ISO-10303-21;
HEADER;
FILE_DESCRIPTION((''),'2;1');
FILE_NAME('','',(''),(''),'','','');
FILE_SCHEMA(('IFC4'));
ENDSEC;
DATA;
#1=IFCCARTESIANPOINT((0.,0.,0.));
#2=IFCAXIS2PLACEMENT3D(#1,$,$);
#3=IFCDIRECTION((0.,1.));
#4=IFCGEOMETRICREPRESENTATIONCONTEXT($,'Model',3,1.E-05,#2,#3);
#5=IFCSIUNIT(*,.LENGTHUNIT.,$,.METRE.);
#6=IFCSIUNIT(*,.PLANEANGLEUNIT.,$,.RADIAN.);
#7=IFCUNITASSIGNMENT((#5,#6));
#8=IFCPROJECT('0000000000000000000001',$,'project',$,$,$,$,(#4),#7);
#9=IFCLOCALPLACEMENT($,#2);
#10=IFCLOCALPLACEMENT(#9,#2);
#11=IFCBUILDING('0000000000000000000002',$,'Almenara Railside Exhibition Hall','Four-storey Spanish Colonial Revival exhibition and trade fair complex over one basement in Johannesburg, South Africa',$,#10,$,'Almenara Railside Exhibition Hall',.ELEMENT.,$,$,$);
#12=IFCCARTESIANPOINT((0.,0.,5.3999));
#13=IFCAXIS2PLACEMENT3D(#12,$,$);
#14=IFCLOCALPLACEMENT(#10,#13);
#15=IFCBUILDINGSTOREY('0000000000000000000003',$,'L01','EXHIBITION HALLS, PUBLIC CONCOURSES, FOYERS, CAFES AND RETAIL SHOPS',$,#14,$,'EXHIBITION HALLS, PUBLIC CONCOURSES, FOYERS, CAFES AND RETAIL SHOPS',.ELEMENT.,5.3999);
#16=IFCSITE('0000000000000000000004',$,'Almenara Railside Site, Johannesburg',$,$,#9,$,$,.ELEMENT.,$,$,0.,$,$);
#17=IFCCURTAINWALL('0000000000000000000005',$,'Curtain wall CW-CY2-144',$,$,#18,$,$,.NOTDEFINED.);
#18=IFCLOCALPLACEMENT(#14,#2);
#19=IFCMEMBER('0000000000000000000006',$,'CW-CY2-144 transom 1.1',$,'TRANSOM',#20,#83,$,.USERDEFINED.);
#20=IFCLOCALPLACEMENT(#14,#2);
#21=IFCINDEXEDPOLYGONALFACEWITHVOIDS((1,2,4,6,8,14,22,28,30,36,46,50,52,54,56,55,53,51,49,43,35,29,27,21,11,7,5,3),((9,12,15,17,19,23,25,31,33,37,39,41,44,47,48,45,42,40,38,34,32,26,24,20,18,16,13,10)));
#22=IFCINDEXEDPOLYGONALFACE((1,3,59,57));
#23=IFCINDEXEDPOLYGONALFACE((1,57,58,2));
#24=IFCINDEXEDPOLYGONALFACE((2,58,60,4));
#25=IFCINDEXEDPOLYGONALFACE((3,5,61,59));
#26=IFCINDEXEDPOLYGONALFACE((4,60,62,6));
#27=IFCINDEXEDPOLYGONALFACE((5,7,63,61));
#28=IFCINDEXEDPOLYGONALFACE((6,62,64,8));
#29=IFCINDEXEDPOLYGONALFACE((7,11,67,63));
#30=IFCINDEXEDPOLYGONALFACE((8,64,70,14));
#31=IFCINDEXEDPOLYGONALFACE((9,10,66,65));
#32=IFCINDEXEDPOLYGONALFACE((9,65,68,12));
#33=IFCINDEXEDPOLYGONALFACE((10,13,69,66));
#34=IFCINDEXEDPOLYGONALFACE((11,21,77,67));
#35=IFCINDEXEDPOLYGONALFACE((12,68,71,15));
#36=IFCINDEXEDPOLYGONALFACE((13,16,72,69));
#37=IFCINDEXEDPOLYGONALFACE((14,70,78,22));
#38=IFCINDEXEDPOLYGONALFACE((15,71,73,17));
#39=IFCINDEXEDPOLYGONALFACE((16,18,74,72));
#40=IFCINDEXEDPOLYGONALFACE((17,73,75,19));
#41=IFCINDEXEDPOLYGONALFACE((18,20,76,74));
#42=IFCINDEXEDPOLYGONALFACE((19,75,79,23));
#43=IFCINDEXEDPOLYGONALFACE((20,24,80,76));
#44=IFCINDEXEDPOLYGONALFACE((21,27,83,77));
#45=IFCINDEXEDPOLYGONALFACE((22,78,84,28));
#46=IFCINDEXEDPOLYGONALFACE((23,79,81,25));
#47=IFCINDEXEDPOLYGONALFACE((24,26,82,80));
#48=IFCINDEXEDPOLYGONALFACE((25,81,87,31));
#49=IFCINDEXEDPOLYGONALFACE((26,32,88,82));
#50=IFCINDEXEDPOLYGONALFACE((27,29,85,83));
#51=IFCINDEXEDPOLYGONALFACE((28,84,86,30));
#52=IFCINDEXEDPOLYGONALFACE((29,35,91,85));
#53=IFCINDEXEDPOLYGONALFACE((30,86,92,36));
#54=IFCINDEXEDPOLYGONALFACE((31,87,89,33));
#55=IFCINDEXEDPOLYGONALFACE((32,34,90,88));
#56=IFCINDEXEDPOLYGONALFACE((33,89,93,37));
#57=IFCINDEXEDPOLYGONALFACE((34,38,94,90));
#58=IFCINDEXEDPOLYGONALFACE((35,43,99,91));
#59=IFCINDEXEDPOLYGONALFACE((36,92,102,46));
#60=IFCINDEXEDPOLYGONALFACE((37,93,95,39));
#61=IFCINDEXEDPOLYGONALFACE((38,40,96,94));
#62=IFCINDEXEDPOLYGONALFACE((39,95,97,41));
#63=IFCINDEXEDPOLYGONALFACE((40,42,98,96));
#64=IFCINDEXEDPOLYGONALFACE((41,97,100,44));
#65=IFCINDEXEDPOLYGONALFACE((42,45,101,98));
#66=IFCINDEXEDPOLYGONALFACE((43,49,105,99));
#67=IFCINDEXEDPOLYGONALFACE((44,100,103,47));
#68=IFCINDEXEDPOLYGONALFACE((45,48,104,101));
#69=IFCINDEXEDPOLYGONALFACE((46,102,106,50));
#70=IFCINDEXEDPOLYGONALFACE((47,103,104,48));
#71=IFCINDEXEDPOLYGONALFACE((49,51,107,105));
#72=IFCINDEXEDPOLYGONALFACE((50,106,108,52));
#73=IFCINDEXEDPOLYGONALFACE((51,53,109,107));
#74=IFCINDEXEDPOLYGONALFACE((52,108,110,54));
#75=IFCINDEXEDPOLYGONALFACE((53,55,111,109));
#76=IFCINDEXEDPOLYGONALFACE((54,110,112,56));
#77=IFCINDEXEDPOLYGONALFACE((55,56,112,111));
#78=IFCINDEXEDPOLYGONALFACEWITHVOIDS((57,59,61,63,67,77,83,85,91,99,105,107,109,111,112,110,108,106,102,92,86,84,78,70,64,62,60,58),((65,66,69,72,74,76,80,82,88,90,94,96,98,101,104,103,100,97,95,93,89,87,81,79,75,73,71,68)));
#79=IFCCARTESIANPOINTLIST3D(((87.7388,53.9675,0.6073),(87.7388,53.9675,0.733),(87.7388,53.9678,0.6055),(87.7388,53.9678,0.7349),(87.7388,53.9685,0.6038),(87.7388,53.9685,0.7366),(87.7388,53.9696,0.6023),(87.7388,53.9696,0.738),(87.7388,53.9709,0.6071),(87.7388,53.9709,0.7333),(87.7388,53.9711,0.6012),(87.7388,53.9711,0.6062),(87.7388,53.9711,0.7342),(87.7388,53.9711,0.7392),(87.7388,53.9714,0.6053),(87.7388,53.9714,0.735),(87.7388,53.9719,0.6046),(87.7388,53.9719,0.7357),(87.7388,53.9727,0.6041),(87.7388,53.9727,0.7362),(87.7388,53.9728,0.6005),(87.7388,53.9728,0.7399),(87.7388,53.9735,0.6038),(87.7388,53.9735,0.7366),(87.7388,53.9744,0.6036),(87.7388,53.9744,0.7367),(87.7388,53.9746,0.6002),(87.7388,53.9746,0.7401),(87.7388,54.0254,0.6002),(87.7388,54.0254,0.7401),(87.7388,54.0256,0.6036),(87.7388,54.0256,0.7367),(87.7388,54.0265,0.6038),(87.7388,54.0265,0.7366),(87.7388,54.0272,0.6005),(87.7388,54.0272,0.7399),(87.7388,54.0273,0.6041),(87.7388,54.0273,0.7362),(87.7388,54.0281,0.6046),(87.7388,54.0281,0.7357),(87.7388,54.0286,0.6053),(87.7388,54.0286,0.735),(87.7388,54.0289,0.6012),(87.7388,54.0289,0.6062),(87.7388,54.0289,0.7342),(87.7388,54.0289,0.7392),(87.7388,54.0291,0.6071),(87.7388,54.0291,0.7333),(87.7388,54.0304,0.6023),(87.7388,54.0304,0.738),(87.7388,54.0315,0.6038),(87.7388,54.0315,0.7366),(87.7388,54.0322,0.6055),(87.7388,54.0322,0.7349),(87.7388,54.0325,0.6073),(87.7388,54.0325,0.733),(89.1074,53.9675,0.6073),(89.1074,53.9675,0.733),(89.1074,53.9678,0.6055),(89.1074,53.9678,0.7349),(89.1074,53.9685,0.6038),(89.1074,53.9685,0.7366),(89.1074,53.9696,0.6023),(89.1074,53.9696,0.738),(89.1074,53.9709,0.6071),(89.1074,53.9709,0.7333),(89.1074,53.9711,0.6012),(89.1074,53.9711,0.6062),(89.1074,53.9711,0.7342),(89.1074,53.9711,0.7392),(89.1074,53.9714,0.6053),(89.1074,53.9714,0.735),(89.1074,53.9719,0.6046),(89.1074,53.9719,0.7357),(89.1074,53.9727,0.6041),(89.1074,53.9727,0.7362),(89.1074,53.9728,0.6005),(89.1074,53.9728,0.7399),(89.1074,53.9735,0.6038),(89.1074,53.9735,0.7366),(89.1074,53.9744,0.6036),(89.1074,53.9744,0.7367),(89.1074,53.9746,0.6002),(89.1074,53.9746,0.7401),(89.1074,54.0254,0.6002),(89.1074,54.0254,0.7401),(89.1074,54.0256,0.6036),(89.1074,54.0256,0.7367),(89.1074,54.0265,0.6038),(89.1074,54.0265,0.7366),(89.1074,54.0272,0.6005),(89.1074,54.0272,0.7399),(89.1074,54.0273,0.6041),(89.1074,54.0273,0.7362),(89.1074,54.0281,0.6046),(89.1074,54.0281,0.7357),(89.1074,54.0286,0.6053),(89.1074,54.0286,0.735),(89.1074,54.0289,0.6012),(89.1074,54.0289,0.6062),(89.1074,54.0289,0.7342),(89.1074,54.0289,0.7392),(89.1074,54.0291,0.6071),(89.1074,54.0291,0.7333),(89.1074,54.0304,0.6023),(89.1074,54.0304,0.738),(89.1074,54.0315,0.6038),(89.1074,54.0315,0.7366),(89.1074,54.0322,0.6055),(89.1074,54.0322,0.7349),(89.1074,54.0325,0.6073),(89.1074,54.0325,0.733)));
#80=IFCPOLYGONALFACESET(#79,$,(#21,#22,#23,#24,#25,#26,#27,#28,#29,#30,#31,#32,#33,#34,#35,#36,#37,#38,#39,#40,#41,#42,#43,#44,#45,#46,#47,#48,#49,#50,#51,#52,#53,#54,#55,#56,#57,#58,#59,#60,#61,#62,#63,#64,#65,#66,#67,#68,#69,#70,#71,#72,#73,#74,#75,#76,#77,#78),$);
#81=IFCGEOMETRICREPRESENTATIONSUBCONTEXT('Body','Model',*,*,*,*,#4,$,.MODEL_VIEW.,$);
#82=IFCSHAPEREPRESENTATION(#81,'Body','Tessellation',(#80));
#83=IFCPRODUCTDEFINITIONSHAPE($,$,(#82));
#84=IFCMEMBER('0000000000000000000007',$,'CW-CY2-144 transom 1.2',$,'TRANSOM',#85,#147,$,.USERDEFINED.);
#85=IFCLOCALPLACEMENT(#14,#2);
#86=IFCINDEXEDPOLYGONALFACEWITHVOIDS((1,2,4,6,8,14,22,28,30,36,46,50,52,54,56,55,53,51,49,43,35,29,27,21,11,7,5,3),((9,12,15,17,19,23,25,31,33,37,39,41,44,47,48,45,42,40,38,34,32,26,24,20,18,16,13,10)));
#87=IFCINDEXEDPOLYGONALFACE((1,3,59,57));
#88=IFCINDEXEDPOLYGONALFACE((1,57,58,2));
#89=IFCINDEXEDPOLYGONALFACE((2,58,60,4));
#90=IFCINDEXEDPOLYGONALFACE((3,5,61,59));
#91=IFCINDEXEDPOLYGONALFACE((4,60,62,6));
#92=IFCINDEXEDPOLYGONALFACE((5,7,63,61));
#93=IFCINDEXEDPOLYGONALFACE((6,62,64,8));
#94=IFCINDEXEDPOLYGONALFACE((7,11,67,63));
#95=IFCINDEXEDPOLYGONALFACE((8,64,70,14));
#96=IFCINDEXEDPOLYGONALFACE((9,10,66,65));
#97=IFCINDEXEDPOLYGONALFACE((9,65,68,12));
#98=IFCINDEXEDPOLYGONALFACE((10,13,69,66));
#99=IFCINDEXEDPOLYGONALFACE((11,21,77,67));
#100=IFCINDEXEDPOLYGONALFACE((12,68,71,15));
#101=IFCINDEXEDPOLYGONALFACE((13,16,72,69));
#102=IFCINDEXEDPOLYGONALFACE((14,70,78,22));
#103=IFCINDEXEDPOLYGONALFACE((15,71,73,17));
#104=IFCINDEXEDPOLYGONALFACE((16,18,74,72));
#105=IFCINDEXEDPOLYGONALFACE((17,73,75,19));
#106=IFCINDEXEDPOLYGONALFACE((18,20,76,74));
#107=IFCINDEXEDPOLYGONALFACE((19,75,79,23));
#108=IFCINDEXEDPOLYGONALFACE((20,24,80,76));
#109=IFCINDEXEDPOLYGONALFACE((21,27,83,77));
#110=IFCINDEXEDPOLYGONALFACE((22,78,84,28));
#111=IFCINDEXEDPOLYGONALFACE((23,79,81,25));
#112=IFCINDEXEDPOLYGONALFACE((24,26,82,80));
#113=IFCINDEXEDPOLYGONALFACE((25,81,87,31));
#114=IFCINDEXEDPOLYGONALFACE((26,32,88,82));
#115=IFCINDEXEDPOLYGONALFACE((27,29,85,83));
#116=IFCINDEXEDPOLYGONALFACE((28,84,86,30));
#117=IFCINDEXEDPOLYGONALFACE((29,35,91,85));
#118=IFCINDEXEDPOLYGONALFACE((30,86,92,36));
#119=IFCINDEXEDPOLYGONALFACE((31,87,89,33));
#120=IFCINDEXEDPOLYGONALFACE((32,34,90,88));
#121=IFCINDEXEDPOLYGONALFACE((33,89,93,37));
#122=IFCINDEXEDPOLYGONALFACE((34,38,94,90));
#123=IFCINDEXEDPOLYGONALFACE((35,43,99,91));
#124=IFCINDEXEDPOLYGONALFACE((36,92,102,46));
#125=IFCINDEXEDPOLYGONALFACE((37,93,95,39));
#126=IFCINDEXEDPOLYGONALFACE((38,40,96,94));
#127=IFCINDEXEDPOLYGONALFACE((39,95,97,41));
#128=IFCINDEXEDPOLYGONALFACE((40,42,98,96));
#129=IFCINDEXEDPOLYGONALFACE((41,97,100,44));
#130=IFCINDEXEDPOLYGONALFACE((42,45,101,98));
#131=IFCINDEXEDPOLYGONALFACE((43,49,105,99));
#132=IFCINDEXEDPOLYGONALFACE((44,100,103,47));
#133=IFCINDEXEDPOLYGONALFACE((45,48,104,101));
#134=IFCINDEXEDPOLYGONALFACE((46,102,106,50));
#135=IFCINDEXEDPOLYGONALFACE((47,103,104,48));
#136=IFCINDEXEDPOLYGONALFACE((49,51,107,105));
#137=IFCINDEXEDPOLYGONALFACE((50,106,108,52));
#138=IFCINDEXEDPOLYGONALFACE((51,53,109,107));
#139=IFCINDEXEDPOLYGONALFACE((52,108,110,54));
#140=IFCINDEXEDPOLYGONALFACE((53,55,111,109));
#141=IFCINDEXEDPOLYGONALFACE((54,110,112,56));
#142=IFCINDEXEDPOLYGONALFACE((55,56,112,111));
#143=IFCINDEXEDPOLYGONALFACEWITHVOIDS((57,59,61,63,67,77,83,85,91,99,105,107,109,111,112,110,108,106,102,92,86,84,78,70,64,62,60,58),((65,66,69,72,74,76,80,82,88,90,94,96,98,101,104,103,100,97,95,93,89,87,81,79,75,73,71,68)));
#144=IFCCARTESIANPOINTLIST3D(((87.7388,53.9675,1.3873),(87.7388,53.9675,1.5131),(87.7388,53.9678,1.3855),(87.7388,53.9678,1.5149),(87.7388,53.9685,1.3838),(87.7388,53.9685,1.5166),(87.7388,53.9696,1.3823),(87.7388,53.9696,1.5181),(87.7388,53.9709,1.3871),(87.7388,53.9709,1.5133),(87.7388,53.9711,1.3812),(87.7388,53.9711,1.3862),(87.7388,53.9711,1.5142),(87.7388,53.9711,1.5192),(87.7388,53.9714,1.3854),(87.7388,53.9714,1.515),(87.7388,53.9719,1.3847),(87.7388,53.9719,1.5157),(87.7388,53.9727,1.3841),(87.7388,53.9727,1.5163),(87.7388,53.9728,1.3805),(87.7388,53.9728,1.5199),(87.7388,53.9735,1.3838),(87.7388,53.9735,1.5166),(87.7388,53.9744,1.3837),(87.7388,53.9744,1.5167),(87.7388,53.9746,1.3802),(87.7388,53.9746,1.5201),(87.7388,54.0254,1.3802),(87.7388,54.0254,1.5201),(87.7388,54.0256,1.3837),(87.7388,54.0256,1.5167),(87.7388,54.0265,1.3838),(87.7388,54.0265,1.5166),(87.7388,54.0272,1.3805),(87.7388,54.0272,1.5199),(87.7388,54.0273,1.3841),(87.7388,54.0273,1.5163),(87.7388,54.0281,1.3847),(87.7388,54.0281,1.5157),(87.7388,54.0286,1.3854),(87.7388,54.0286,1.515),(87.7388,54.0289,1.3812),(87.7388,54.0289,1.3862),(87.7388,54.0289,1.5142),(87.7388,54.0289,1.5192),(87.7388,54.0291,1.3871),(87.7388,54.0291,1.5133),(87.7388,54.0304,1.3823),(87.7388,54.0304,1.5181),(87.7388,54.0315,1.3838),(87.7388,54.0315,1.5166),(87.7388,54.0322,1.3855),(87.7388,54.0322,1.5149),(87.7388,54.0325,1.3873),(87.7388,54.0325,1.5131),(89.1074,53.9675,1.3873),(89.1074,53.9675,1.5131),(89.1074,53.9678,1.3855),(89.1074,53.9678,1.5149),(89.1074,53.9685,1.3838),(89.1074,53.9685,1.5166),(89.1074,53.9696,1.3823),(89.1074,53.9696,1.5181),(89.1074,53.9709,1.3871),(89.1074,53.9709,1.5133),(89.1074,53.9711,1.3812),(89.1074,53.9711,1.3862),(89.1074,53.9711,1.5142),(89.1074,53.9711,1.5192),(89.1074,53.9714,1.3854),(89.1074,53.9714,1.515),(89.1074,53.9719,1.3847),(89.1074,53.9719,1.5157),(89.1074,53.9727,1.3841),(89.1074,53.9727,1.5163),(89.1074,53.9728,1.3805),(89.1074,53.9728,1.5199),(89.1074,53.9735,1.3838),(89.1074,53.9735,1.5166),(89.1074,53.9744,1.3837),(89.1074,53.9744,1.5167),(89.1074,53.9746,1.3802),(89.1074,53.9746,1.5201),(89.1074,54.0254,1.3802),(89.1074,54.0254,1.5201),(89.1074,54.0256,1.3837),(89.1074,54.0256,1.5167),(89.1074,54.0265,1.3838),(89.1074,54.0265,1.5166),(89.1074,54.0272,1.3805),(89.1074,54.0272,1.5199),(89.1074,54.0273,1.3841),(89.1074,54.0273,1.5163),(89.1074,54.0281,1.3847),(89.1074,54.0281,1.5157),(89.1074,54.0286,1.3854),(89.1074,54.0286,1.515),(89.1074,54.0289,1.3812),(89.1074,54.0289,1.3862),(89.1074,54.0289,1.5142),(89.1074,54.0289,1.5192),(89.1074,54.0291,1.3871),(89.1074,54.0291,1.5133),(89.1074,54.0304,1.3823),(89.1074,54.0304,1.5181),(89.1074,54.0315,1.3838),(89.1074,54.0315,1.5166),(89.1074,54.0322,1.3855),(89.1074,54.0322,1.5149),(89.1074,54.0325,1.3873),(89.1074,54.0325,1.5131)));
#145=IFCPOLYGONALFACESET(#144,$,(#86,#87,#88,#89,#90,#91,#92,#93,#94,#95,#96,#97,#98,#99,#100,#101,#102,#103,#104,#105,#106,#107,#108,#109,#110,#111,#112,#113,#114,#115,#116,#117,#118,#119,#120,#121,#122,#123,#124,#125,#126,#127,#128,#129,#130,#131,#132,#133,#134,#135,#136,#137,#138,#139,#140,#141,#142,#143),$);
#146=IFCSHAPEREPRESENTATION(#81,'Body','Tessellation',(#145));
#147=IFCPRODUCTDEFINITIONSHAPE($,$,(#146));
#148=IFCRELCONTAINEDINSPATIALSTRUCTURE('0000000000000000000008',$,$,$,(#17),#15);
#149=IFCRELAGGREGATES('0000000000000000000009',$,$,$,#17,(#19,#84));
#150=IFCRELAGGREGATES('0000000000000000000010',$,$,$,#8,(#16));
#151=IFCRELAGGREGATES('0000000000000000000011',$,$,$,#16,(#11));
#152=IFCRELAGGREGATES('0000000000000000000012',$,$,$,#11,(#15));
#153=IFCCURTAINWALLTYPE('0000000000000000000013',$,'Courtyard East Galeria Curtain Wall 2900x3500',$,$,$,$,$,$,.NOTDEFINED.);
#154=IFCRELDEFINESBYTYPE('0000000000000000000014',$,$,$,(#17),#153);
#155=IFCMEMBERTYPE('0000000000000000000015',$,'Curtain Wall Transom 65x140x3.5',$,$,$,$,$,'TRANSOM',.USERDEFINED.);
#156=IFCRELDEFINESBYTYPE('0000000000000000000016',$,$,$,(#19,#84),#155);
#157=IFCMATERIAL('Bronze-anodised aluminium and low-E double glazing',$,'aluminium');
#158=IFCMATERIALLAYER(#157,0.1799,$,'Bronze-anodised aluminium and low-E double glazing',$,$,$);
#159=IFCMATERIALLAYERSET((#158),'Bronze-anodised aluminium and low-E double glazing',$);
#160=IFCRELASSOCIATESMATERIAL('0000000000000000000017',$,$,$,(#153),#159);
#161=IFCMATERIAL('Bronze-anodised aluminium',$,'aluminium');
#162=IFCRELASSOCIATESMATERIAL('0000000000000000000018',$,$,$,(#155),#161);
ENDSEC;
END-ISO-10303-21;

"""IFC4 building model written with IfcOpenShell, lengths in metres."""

from ifc_helpers import new_model, si_unit, direction, frame, origin, origin_2d, place, context, subcontext, project, spatial, hollow_rectangle, extrude, material, layer, layer_set, material_profile, profile_set, type_object, element, aggregate, save


model = new_model("IFC4")

# Units and contexts
model_context = context("Model", 3, precision=1e-05, world=origin(), true_north=direction((0.0, 1.0)))
body_context = subcontext(model_context, "Body", "Model", "MODEL_VIEW")
ifc_project = project(units=[si_unit("LENGTHUNIT", "METRE"), si_unit("PLANEANGLEUNIT", "RADIAN")], contexts=[model_context])

# Site, building, storey
site_placement = place(None, origin())
site = spatial("IfcSite", under=ifc_project, at=site_placement, Name="Almenara Railside Site, Johannesburg", CompositionType="ELEMENT", RefElevation=0.0)
building_placement = place(site_placement, origin())
building = spatial("IfcBuilding", under=site, at=building_placement, Name="Almenara Railside Exhibition Hall", Description="Four-storey Spanish Colonial Revival exhibition and trade fair complex over one basement in Johannesburg, South Africa", LongName="Almenara Railside Exhibition Hall", CompositionType="ELEMENT")
storey_placement = place(building_placement, frame((0.0, 0.0, 5.3999)))
storey = spatial("IfcBuildingStorey", under=building, at=storey_placement, Name="L01", Description="EXHIBITION HALLS, PUBLIC CONCOURSES, FOYERS, CAFES AND RETAIL SHOPS", LongName="EXHIBITION HALLS, PUBLIC CONCOURSES, FOYERS, CAFES AND RETAIL SHOPS", CompositionType="ELEMENT", Elevation=5.3999)

# Curtain wall
ifc_material_1 = material(Name="Bronze-anodised aluminium and low-E double glazing", Category="aluminium")
ifc_material_2 = material(Name="Bronze-anodised aluminium", Category="aluminium")
ifc_layer_1 = layer(ifc_material_1, 0.1799, Name="Bronze-anodised aluminium and low-E double glazing")
ifc_layer_set_1 = layer_set([ifc_layer_1], Name="Bronze-anodised aluminium and low-E double glazing")
curtain_wall_type_1 = type_object("IfcCurtainWallType", Name="Courtyard East Galeria Curtain Wall 2900x3500", PredefinedType="NOTDEFINED", material=ifc_layer_set_1)
curtain_wall_1_placement = place(storey_placement, origin())
curtain_wall_1 = element("IfcCurtainWall", 1, at=curtain_wall_1_placement, inside=storey, type_object=curtain_wall_type_1, Name="Curtain wall CW-CY2-144", PredefinedType="NOTDEFINED")

# Members
ifc_material_profile_1 = material_profile(ifc_material_2, hollow_rectangle(XDim=0.0649, YDim=0.1399, WallThickness=0.0034, InnerFilletRadius=0.0034, OuterFilletRadius=0.0071, at=origin_2d()), Name="ALU-TRN 65x140x3.5")
ifc_profile_set_1 = profile_set([ifc_material_profile_1], Name="Bronze-anodised aluminium")
member_type_1 = type_object("IfcMemberType", Name="Curtain Wall Transom 65x140x3.5", ElementType="TRANSOM", PredefinedType="USERDEFINED", material=ifc_profile_set_1)
member_1_placement = place(storey_placement, frame((87.7388, 54.0, 0.6702), z_axis=(1.0, 0.0, 0.0), x_axis=(0.0, 1.0, 0.0)))
member_1 = element("IfcMember", 2, at=member_1_placement, type_object=member_type_1, Name="CW-CY2-144 transom 1.1", ObjectType="TRANSOM", PredefinedType="USERDEFINED", context=body_context, shape_type="SweptSolid", body=[
    extrude(hollow_rectangle(XDim=0.0649, YDim=0.1399, WallThickness=0.0034, InnerFilletRadius=0.0034, OuterFilletRadius=0.0071, at=origin_2d()), origin(), (0.0, 0.0, 1.0), 1.3687),
])
member_2_placement = place(storey_placement, frame((87.7388, 54.0, 1.4502), z_axis=(1.0, 0.0, 0.0), x_axis=(0.0, 1.0, 0.0)))
member_2 = element("IfcMember", 3, at=member_2_placement, type_object=member_type_1, Name="CW-CY2-144 transom 1.2", ObjectType="TRANSOM", PredefinedType="USERDEFINED", context=body_context, shape_type="SweptSolid", body=[
    extrude(hollow_rectangle(XDim=0.0649, YDim=0.1399, WallThickness=0.0034, InnerFilletRadius=0.0034, OuterFilletRadius=0.0071, at=origin_2d()), origin(), (0.0, 0.0, 1.0), 1.3687),
])

aggregate(curtain_wall_1, [member_1, member_2])

save(model, "model.ifc")
